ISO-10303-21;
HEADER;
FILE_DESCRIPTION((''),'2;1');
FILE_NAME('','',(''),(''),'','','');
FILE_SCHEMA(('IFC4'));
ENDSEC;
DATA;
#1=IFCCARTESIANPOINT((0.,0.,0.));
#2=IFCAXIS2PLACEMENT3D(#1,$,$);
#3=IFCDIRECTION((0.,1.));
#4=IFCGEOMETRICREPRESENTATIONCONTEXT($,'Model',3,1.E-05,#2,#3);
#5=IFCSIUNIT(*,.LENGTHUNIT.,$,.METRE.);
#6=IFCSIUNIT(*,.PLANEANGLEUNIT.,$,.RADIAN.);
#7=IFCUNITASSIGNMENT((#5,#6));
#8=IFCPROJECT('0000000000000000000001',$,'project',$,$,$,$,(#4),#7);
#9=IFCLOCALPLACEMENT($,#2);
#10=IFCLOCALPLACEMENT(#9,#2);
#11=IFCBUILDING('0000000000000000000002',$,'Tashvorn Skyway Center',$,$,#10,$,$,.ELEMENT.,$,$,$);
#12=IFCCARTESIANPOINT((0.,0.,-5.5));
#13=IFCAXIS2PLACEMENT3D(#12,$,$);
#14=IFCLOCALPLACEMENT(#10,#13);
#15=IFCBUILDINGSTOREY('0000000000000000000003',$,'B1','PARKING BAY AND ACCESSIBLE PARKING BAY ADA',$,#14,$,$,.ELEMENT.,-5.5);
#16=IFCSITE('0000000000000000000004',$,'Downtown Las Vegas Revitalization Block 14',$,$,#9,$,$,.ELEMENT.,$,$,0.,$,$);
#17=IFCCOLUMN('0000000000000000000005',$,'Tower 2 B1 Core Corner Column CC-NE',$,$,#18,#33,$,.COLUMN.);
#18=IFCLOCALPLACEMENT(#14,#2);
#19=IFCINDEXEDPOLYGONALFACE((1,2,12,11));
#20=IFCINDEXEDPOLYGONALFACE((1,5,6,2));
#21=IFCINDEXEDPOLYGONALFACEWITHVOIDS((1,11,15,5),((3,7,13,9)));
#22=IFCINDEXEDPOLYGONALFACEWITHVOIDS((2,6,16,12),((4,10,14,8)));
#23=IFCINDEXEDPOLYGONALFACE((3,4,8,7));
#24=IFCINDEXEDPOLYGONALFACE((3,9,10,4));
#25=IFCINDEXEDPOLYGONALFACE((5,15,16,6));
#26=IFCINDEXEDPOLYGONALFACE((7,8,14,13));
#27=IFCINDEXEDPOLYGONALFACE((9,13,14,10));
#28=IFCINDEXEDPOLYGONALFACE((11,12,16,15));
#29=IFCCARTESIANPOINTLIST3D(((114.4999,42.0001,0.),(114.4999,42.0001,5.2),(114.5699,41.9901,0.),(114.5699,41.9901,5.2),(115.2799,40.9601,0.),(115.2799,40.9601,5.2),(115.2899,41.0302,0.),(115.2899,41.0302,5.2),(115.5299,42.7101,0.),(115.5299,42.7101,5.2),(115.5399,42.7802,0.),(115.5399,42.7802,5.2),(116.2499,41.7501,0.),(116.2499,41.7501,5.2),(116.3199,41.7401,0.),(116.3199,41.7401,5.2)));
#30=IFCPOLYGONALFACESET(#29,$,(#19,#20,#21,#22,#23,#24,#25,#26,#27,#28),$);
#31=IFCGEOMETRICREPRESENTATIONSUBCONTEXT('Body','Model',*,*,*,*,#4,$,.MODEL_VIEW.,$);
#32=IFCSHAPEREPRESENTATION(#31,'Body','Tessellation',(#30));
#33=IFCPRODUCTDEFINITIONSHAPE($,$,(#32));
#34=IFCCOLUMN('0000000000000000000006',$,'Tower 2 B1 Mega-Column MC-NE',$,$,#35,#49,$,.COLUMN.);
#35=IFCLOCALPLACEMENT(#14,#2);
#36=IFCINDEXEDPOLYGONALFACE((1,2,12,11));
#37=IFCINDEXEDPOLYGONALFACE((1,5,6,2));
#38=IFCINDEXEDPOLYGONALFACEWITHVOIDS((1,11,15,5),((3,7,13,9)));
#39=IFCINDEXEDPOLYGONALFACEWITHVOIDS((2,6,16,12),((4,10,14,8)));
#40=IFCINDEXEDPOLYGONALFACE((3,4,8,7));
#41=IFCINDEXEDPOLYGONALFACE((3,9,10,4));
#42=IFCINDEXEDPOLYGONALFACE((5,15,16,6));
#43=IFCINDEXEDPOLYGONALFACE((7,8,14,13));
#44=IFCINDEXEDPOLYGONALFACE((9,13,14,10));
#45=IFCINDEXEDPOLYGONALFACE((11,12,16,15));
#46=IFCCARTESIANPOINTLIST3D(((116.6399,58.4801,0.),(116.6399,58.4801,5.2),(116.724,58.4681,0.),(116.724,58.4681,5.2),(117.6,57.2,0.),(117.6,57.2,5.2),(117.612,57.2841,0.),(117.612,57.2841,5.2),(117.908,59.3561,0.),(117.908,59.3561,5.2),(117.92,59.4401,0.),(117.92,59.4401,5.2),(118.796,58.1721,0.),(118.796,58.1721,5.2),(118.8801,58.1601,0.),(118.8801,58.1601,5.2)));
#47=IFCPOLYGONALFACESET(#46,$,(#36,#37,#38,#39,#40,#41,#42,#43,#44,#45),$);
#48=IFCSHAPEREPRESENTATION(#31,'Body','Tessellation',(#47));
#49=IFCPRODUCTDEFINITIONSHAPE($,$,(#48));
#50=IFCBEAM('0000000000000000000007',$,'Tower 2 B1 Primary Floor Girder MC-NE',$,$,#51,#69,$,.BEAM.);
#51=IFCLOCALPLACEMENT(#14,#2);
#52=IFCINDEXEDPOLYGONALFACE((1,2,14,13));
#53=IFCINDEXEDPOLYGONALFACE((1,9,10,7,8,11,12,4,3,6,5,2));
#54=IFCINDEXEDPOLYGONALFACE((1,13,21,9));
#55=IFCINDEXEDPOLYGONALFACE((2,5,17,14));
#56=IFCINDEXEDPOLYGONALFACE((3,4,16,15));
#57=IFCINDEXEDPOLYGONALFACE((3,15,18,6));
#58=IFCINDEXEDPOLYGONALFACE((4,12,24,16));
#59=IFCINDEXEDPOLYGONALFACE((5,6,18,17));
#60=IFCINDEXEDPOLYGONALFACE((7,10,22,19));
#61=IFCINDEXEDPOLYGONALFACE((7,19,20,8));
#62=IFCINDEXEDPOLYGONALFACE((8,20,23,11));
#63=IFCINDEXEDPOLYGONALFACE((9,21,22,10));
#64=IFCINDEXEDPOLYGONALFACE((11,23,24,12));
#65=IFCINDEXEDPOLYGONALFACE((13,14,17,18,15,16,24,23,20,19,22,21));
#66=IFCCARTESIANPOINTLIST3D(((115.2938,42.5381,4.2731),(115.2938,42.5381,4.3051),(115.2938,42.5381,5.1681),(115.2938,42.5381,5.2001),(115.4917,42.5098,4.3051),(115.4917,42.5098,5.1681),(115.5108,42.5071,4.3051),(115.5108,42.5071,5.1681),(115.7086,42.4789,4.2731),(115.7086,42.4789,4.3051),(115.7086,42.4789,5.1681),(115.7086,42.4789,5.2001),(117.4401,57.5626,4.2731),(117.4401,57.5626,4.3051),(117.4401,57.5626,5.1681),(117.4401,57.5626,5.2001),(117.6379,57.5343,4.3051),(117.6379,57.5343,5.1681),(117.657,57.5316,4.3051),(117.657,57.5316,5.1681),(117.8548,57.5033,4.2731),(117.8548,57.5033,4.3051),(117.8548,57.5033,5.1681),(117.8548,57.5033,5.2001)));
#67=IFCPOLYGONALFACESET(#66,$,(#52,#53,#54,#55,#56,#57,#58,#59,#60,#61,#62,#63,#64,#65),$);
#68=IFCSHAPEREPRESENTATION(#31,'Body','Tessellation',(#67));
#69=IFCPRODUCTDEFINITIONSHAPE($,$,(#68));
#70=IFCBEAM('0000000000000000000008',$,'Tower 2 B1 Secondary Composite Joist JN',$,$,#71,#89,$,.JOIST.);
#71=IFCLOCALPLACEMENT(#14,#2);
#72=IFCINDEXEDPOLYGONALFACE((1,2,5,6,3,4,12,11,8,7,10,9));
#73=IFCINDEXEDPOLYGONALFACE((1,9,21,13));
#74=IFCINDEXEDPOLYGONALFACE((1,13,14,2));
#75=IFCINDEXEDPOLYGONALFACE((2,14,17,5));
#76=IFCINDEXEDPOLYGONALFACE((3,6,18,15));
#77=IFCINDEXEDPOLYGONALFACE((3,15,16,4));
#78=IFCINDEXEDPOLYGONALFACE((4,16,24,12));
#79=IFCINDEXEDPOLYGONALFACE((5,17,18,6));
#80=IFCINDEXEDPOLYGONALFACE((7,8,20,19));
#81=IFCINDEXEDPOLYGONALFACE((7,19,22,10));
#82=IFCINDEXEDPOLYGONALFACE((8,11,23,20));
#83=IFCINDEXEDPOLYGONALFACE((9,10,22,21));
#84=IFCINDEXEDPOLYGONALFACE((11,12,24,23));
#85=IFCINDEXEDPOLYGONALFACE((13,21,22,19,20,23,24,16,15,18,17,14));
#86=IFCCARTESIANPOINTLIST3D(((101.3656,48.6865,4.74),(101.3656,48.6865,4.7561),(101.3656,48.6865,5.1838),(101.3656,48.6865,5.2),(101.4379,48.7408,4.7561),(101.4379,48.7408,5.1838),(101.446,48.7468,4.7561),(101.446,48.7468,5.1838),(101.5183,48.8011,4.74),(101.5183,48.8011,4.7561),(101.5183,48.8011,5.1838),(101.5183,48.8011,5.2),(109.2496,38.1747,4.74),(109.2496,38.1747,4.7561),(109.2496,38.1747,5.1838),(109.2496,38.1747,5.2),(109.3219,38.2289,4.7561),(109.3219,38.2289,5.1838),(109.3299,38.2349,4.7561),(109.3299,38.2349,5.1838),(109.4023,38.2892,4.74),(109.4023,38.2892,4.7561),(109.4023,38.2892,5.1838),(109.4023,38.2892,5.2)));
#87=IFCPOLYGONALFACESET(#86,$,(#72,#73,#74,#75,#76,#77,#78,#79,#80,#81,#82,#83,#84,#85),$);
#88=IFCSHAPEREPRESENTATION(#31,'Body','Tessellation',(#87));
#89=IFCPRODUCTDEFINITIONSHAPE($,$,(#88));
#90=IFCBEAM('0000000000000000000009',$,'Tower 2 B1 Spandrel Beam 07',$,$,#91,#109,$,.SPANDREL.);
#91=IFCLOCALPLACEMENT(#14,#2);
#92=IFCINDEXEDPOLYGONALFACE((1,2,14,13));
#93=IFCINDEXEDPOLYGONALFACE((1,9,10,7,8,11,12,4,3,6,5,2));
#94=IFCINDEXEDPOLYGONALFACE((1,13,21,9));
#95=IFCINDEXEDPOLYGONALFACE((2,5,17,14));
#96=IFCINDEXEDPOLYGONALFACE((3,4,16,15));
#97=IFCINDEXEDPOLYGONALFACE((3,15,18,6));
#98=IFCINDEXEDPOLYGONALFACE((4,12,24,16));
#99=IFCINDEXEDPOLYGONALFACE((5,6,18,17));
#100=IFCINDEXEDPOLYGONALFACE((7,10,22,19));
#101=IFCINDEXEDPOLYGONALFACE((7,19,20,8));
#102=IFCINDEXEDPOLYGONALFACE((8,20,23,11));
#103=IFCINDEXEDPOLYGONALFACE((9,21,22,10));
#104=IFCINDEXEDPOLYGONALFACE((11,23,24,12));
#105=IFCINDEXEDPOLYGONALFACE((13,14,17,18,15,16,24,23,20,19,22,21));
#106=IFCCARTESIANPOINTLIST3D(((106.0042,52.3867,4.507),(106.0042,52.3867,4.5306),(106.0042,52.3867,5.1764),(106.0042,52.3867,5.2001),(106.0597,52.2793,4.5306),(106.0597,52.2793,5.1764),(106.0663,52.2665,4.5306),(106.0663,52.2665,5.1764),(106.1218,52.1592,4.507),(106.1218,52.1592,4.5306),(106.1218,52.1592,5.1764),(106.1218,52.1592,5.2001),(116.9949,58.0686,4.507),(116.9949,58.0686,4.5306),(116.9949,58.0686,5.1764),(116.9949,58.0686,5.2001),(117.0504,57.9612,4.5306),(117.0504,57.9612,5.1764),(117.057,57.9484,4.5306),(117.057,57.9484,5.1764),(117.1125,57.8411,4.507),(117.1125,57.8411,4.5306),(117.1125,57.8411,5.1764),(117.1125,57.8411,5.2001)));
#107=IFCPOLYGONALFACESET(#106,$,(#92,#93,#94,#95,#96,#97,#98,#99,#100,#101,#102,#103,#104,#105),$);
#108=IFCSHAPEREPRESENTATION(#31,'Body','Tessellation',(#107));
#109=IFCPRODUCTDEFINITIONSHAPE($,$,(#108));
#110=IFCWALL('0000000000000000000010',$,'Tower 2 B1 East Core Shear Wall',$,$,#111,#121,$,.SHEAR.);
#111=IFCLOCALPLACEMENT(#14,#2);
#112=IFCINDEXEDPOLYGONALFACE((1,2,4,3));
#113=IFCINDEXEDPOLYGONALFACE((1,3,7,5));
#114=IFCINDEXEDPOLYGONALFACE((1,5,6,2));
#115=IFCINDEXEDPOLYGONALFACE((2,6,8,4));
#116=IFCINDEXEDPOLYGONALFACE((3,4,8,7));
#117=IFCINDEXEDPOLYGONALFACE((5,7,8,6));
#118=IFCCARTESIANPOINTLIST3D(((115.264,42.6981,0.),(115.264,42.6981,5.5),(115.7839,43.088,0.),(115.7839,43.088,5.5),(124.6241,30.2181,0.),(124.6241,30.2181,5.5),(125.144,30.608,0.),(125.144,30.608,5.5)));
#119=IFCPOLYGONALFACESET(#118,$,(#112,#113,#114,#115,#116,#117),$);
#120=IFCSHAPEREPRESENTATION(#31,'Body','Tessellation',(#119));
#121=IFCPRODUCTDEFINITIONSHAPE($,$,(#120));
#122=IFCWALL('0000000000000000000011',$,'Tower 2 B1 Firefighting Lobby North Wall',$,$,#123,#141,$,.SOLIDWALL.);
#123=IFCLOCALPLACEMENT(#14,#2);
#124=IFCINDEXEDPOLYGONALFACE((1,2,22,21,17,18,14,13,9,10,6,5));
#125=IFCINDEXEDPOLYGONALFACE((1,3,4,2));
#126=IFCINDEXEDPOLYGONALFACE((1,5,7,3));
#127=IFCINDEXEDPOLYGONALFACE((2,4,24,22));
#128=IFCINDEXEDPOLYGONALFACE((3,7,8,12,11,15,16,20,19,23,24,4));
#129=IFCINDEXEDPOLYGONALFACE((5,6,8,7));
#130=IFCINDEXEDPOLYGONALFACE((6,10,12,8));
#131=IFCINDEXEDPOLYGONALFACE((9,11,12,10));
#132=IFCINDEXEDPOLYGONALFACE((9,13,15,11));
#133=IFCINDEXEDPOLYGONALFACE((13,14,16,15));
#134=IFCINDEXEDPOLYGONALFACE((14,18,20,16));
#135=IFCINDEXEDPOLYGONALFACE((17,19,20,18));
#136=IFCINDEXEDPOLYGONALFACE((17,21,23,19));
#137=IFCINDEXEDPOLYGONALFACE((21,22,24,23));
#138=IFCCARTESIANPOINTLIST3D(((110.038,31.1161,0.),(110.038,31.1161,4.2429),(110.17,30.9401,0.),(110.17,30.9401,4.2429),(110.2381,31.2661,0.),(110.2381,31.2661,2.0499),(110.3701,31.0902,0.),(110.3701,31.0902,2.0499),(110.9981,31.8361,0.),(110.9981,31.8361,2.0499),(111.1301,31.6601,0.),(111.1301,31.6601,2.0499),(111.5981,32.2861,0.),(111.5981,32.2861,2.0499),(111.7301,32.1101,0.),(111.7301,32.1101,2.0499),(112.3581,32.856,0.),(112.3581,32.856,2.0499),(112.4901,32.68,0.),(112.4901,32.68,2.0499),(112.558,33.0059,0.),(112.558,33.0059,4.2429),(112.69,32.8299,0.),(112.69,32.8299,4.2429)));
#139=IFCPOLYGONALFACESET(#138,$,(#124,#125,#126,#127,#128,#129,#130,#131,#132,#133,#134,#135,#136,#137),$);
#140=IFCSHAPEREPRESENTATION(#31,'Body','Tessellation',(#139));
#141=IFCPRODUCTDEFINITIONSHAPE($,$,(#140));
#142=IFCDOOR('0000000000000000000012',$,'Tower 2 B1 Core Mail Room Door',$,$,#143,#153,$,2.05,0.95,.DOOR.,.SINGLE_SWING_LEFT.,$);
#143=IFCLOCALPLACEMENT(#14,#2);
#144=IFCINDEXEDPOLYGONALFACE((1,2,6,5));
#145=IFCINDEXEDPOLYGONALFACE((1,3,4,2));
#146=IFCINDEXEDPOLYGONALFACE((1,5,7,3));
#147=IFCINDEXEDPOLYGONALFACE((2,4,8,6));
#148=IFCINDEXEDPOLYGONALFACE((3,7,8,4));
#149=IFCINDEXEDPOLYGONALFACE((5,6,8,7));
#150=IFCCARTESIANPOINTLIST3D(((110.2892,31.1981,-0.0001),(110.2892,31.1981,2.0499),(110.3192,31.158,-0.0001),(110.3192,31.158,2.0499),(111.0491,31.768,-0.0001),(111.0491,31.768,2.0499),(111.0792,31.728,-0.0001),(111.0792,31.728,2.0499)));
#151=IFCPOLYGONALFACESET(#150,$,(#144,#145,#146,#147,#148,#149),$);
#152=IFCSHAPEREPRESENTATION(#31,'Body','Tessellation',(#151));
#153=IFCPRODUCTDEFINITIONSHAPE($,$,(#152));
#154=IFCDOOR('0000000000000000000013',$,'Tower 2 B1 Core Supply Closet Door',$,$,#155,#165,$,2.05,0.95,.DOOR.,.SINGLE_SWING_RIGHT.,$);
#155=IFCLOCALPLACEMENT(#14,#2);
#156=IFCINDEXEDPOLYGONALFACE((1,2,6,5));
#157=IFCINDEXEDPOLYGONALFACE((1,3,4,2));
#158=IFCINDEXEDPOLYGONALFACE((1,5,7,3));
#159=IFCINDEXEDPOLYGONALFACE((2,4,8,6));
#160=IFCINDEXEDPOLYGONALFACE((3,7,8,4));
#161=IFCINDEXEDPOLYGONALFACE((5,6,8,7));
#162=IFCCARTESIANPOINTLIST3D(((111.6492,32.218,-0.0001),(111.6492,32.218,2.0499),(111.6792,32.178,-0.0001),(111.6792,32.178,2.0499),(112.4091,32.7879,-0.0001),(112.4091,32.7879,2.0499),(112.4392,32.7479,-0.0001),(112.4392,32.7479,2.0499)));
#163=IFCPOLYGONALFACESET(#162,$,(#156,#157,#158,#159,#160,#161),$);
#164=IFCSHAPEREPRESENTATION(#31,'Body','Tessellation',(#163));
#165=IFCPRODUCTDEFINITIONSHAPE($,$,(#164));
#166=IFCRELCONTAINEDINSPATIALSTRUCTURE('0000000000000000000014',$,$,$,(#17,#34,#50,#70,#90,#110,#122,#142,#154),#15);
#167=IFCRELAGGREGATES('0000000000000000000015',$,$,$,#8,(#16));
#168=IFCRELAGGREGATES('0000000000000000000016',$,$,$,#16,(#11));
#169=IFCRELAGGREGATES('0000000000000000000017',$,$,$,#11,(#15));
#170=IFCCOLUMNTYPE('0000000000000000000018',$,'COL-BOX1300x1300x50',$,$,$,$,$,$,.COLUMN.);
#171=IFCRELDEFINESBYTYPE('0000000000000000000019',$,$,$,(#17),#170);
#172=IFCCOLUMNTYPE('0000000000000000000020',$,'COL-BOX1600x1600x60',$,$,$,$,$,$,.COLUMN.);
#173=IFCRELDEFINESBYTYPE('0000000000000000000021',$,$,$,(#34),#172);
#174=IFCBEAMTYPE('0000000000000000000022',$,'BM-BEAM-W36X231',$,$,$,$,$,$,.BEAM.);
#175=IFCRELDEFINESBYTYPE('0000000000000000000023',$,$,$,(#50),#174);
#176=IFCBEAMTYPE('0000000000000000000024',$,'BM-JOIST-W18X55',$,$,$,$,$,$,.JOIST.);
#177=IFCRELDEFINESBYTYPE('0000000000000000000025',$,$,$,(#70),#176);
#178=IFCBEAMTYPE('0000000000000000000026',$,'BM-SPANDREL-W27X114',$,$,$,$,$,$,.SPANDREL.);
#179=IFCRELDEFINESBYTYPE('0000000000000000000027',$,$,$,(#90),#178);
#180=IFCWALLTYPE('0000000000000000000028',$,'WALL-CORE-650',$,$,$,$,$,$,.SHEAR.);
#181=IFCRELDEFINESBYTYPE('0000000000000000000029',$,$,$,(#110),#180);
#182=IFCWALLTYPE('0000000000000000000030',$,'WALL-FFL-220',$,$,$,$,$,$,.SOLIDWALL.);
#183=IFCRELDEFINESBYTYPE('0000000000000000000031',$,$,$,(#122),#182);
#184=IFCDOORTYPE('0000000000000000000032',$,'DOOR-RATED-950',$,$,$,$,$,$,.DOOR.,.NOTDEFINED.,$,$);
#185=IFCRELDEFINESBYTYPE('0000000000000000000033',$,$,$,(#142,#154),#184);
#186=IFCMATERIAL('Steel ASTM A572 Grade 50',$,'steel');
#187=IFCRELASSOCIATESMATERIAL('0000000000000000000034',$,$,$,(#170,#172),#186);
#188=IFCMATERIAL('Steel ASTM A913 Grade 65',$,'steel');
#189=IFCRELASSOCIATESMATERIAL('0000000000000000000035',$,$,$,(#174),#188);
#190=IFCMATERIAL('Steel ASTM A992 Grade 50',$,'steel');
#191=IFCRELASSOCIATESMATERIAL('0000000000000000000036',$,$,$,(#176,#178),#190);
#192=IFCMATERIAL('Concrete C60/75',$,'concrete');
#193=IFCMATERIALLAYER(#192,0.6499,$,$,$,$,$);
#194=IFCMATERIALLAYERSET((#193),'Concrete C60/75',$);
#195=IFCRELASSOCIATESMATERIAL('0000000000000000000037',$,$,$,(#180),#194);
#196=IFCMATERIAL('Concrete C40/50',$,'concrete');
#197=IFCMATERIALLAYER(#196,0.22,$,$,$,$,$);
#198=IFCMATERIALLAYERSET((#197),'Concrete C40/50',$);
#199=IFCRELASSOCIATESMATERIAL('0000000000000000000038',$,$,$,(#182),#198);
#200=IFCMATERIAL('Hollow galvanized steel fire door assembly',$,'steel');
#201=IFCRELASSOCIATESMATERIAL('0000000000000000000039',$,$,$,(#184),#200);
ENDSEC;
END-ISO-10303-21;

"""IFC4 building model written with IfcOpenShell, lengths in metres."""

from ifc_helpers import new_model, si_unit, direction, frame, frame_2d, origin, origin_2d, place, context, subcontext, project, spatial, rectangle, hollow_rectangle, i_section, extrude, material, layer, layer_set, material_profile, profile_set, type_object, element, fill, save


model = new_model("IFC4")

# Units and contexts
model_context = context("Model", 3, precision=1e-05, world=origin(), true_north=direction((0.0, 1.0)))
body_context = subcontext(model_context, "Body", "Model", "MODEL_VIEW")
ifc_project = project(units=[si_unit("LENGTHUNIT", "METRE"), si_unit("PLANEANGLEUNIT", "RADIAN")], contexts=[model_context])

# Site, building, storey
site_placement = place(None, origin())
site = spatial("IfcSite", under=ifc_project, at=site_placement, Name="Downtown Las Vegas Revitalization Block 14", CompositionType="ELEMENT", RefElevation=0.0)
building_placement = place(site_placement, origin())
building = spatial("IfcBuilding", under=site, at=building_placement, Name="Tashvorn Skyway Center", CompositionType="ELEMENT")
storey_placement = place(building_placement, frame((0.0, 0.0, -5.5)))
storey = spatial("IfcBuildingStorey", under=building, at=storey_placement, Name="B1", Description="PARKING BAY AND ACCESSIBLE PARKING BAY ADA", CompositionType="ELEMENT", Elevation=-5.5)

# Columns
ifc_material_1 = material(Name="Steel ASTM A572 Grade 50", Category="steel")
ifc_material_profile_1 = material_profile(ifc_material_1, hollow_rectangle(XDim=1.3, YDim=1.3, WallThickness=0.05, at=origin_2d()), Name="BOX1300x1300x50")
ifc_profile_set_1 = profile_set([ifc_material_profile_1], Name="Steel ASTM A572 Grade 50")
column_type_1 = type_object("IfcColumnType", Name="COL-BOX1300x1300x50", PredefinedType="COLUMN", material=ifc_profile_set_1)
column_1_placement = place(storey_placement, frame((115.4099, 41.8701, 0.0), z_axis=(0.0, 0.0, 1.0), x_axis=(0.8, 0.6, 0.0)))
element("IfcColumn", 1, at=column_1_placement, inside=storey, type_object=column_type_1, Name="Tower 2 B1 Core Corner Column CC-NE", PredefinedType="COLUMN", context=body_context, shape_type="SweptSolid", body=[
    extrude(hollow_rectangle(XDim=1.3, YDim=1.3, WallThickness=0.05, at=origin_2d()), origin(), (0.0, 0.0, 1.0), 5.2),
])
ifc_material_profile_2 = material_profile(ifc_material_1, hollow_rectangle(XDim=1.6001, YDim=1.6001, WallThickness=0.0601, at=origin_2d()), Name="BOX1600x1600x60")
ifc_profile_set_2 = profile_set([ifc_material_profile_2], Name="Steel ASTM A572 Grade 50")
column_type_2 = type_object("IfcColumnType", Name="COL-BOX1600x1600x60", PredefinedType="COLUMN", material=ifc_profile_set_2)
column_2_placement = place(storey_placement, frame((117.76, 58.3201, 0.0), z_axis=(0.0, 0.0, 1.0), x_axis=(0.8, 0.6, 0.0)))
element("IfcColumn", 2, at=column_2_placement, inside=storey, type_object=column_type_2, Name="Tower 2 B1 Mega-Column MC-NE", PredefinedType="COLUMN", context=body_context, shape_type="SweptSolid", body=[
    extrude(hollow_rectangle(XDim=1.6001, YDim=1.6001, WallThickness=0.0601, at=origin_2d()), origin(), (0.0, 0.0, 1.0), 5.2),
])

# Beams
ifc_material_2 = material(Name="Steel ASTM A913 Grade 65", Category="steel")
ifc_material_profile_3 = material_profile(ifc_material_2, i_section(OverallWidth=0.4189, OverallDepth=0.927, WebThickness=0.0193, FlangeThickness=0.032, at=origin_2d()), Name="W36X231")
ifc_profile_set_3 = profile_set([ifc_material_profile_3], Name="Steel ASTM A913 Grade 65")
beam_type_1 = type_object("IfcBeamType", Name="BM-BEAM-W36X231", PredefinedType="BEAM", material=ifc_profile_set_3)
beam_1_placement = place(storey_placement, frame((117.6475, 57.533, 4.7366), z_axis=(-0.141415, -0.98995, 0.0), x_axis=(0.98995, -0.141415, 0.0)))
element("IfcBeam", 3, at=beam_1_placement, inside=storey, type_object=beam_type_1, Name="Tower 2 B1 Primary Floor Girder MC-NE", PredefinedType="BEAM", context=body_context, shape_type="SweptSolid", body=[
    extrude(i_section(OverallWidth=0.4189, OverallDepth=0.927, WebThickness=0.0193, FlangeThickness=0.032, at=origin_2d()), origin(), (0.0, 0.0, 1.0), 15.177),
])
ifc_material_3 = material(Name="Steel ASTM A992 Grade 50", Category="steel")
ifc_material_profile_4 = material_profile(ifc_material_3, i_section(OverallWidth=0.1909, OverallDepth=0.46, WebThickness=0.01, FlangeThickness=0.0161, at=origin_2d()), Name="W18X55")
ifc_profile_set_4 = profile_set([ifc_material_profile_4], Name="Steel ASTM A992 Grade 50")
beam_type_2 = type_object("IfcBeamType", Name="BM-JOIST-W18X55", PredefinedType="JOIST", material=ifc_profile_set_4)
beam_2_placement = place(storey_placement, frame((109.3259, 38.2319, 4.97), z_axis=(-0.600003, 0.799998, 0.0), x_axis=(-0.799998, -0.600003, 0.0)))
element("IfcBeam", 4, at=beam_2_placement, inside=storey, type_object=beam_type_2, Name="Tower 2 B1 Secondary Composite Joist JN", PredefinedType="JOIST", context=body_context, shape_type="SweptSolid", body=[
    extrude(i_section(OverallWidth=0.1909, OverallDepth=0.46, WebThickness=0.01, FlangeThickness=0.0161, at=origin_2d()), origin(), (0.0, 0.0, 1.0), 13.1399),
])
ifc_material_profile_5 = material_profile(ifc_material_3, i_section(OverallWidth=0.2561, OverallDepth=0.6931, WebThickness=0.0144, FlangeThickness=0.0237, at=origin_2d()), Name="W27X114")
ifc_profile_set_5 = profile_set([ifc_material_profile_5], Name="Steel ASTM A992 Grade 50")
beam_type_3 = type_object("IfcBeamType", Name="BM-SPANDREL-W27X114", PredefinedType="SPANDREL", material=ifc_profile_set_5)
beam_3_placement = place(storey_placement, frame((117.0537, 57.9548, 4.8535), z_axis=(-0.888316, -0.459233, 0.0), x_axis=(0.459233, -0.888316, 0.0)))
element("IfcBeam", 5, at=beam_3_placement, inside=storey, type_object=beam_type_3, Name="Tower 2 B1 Spandrel Beam 07", PredefinedType="SPANDREL", context=body_context, shape_type="SweptSolid", body=[
    extrude(i_section(OverallWidth=0.2561, OverallDepth=0.6931, WebThickness=0.0144, FlangeThickness=0.0237, at=origin_2d()), origin(), (0.0, 0.0, 1.0), 12.3726),
])

# Wall
ifc_material_4 = material(Name="Concrete C60/75", Category="concrete")
ifc_layer_1 = layer(ifc_material_4, 0.6499)
ifc_layer_set_1 = layer_set([ifc_layer_1], Name="Concrete C60/75")
wall_type_1 = type_object("IfcWallType", Name="WALL-CORE-650", PredefinedType="SHEAR", material=ifc_layer_set_1)
wall_1_placement = place(storey_placement, frame((115.5239, 42.8931, 0.0), z_axis=(0.0, 0.0, 1.0), x_axis=(0.600005, -0.799996, 0.0)))
element("IfcWall", 6, at=wall_1_placement, inside=storey, type_object=wall_type_1, Name="Tower 2 B1 East Core Shear Wall", PredefinedType="SHEAR", context=body_context, shape_type="SweptSolid", body=[
    extrude(rectangle(XDim=15.6001, YDim=0.6499, at=frame_2d((7.8, 0.0))), origin(), (0.0, 0.0, 1.0), 5.5),
])

# Wall, openings, doors
ifc_material_5 = material(Name="Concrete C40/50", Category="concrete")
ifc_layer_2 = layer(ifc_material_5, 0.22)
ifc_layer_set_2 = layer_set([ifc_layer_2], Name="Concrete C40/50")
wall_type_2 = type_object("IfcWallType", Name="WALL-FFL-220", PredefinedType="SOLIDWALL", material=ifc_layer_set_2)
wall_2_placement = place(storey_placement, frame((110.104, 31.0281, 0.0), z_axis=(0.0, 0.0, 1.0), x_axis=(0.800019, 0.599975, 0.0)))
wall_2 = element("IfcWall", 7, at=wall_2_placement, inside=storey, type_object=wall_type_2, Name="Tower 2 B1 Firefighting Lobby North Wall", PredefinedType="SOLIDWALL", context=body_context, shape_type="SweptSolid", body=[
    extrude(rectangle(XDim=3.1499, YDim=0.22, at=frame_2d((1.575, 0.0))), origin(), (0.0, 0.0, 1.0), 4.2429),
])
opening_1_placement = place(wall_2_placement, frame((0.25, 0.0, 0.0)))
opening_1 = element("IfcOpeningElement", 8, at=opening_1_placement, cuts=wall_2, PredefinedType="OPENING", context=body_context, shape_type="SweptSolid", body=[
    extrude(rectangle(XDim=0.95, YDim=2.05, at=frame_2d((0.4751, 1.0249))), frame((0.0, 0.1199, 0.0), z_axis=(0.0, -1.0, 0.0), x_axis=(1.0, 0.0, 0.0)), (0.0, 0.0, 1.0), 0.24),
])
opening_2_placement = place(wall_2_placement, frame((1.95, 0.0, 0.0)))
opening_2 = element("IfcOpeningElement", 9, at=opening_2_placement, cuts=wall_2, PredefinedType="OPENING", context=body_context, shape_type="SweptSolid", body=[
    extrude(rectangle(XDim=0.95, YDim=2.05, at=frame_2d((0.4751, 1.0249))), frame((0.0, 0.1199, 0.0), z_axis=(0.0, -1.0, 0.0), x_axis=(1.0, 0.0, 0.0)), (0.0, 0.0, 1.0), 0.24),
])
ifc_material_6 = material(Name="Hollow galvanized steel fire door assembly", Category="steel")
door_type_1 = type_object("IfcDoorType", Name="DOOR-RATED-950", OperationType="NOTDEFINED", PredefinedType="DOOR", material=ifc_material_6)
door_1_placement = place(opening_1_placement, origin())
door_1 = element("IfcDoor", 10, at=door_1_placement, inside=storey, type_object=door_type_1, Name="Tower 2 B1 Core Mail Room Door", OperationType="SINGLE_SWING_LEFT", OverallHeight=2.05, OverallWidth=0.95, PredefinedType="DOOR", context=body_context, shape_type="SweptSolid", body=[
    extrude(rectangle(XDim=0.95, YDim=2.05, at=frame_2d((0.4751, 1.0249))), frame((0.0, 0.0249, 0.0), z_axis=(0.0, -1.0, 0.0), x_axis=(1.0, 0.0, 0.0)), (0.0, 0.0, 1.0), 0.05),
])
fill(opening_1, door_1)
door_2_placement = place(opening_2_placement, origin())
door_2 = element("IfcDoor", 11, at=door_2_placement, inside=storey, type_object=door_type_1, Name="Tower 2 B1 Core Supply Closet Door", OperationType="SINGLE_SWING_RIGHT", OverallHeight=2.05, OverallWidth=0.95, PredefinedType="DOOR", context=body_context, shape_type="SweptSolid", body=[
    extrude(rectangle(XDim=0.95, YDim=2.05, at=frame_2d((0.4751, 1.0249))), frame((0.0, 0.0249, 0.0), z_axis=(0.0, -1.0, 0.0), x_axis=(1.0, 0.0, 0.0)), (0.0, 0.0, 1.0), 0.05),
])
fill(opening_2, door_2)

save(model, "model.ifc")
